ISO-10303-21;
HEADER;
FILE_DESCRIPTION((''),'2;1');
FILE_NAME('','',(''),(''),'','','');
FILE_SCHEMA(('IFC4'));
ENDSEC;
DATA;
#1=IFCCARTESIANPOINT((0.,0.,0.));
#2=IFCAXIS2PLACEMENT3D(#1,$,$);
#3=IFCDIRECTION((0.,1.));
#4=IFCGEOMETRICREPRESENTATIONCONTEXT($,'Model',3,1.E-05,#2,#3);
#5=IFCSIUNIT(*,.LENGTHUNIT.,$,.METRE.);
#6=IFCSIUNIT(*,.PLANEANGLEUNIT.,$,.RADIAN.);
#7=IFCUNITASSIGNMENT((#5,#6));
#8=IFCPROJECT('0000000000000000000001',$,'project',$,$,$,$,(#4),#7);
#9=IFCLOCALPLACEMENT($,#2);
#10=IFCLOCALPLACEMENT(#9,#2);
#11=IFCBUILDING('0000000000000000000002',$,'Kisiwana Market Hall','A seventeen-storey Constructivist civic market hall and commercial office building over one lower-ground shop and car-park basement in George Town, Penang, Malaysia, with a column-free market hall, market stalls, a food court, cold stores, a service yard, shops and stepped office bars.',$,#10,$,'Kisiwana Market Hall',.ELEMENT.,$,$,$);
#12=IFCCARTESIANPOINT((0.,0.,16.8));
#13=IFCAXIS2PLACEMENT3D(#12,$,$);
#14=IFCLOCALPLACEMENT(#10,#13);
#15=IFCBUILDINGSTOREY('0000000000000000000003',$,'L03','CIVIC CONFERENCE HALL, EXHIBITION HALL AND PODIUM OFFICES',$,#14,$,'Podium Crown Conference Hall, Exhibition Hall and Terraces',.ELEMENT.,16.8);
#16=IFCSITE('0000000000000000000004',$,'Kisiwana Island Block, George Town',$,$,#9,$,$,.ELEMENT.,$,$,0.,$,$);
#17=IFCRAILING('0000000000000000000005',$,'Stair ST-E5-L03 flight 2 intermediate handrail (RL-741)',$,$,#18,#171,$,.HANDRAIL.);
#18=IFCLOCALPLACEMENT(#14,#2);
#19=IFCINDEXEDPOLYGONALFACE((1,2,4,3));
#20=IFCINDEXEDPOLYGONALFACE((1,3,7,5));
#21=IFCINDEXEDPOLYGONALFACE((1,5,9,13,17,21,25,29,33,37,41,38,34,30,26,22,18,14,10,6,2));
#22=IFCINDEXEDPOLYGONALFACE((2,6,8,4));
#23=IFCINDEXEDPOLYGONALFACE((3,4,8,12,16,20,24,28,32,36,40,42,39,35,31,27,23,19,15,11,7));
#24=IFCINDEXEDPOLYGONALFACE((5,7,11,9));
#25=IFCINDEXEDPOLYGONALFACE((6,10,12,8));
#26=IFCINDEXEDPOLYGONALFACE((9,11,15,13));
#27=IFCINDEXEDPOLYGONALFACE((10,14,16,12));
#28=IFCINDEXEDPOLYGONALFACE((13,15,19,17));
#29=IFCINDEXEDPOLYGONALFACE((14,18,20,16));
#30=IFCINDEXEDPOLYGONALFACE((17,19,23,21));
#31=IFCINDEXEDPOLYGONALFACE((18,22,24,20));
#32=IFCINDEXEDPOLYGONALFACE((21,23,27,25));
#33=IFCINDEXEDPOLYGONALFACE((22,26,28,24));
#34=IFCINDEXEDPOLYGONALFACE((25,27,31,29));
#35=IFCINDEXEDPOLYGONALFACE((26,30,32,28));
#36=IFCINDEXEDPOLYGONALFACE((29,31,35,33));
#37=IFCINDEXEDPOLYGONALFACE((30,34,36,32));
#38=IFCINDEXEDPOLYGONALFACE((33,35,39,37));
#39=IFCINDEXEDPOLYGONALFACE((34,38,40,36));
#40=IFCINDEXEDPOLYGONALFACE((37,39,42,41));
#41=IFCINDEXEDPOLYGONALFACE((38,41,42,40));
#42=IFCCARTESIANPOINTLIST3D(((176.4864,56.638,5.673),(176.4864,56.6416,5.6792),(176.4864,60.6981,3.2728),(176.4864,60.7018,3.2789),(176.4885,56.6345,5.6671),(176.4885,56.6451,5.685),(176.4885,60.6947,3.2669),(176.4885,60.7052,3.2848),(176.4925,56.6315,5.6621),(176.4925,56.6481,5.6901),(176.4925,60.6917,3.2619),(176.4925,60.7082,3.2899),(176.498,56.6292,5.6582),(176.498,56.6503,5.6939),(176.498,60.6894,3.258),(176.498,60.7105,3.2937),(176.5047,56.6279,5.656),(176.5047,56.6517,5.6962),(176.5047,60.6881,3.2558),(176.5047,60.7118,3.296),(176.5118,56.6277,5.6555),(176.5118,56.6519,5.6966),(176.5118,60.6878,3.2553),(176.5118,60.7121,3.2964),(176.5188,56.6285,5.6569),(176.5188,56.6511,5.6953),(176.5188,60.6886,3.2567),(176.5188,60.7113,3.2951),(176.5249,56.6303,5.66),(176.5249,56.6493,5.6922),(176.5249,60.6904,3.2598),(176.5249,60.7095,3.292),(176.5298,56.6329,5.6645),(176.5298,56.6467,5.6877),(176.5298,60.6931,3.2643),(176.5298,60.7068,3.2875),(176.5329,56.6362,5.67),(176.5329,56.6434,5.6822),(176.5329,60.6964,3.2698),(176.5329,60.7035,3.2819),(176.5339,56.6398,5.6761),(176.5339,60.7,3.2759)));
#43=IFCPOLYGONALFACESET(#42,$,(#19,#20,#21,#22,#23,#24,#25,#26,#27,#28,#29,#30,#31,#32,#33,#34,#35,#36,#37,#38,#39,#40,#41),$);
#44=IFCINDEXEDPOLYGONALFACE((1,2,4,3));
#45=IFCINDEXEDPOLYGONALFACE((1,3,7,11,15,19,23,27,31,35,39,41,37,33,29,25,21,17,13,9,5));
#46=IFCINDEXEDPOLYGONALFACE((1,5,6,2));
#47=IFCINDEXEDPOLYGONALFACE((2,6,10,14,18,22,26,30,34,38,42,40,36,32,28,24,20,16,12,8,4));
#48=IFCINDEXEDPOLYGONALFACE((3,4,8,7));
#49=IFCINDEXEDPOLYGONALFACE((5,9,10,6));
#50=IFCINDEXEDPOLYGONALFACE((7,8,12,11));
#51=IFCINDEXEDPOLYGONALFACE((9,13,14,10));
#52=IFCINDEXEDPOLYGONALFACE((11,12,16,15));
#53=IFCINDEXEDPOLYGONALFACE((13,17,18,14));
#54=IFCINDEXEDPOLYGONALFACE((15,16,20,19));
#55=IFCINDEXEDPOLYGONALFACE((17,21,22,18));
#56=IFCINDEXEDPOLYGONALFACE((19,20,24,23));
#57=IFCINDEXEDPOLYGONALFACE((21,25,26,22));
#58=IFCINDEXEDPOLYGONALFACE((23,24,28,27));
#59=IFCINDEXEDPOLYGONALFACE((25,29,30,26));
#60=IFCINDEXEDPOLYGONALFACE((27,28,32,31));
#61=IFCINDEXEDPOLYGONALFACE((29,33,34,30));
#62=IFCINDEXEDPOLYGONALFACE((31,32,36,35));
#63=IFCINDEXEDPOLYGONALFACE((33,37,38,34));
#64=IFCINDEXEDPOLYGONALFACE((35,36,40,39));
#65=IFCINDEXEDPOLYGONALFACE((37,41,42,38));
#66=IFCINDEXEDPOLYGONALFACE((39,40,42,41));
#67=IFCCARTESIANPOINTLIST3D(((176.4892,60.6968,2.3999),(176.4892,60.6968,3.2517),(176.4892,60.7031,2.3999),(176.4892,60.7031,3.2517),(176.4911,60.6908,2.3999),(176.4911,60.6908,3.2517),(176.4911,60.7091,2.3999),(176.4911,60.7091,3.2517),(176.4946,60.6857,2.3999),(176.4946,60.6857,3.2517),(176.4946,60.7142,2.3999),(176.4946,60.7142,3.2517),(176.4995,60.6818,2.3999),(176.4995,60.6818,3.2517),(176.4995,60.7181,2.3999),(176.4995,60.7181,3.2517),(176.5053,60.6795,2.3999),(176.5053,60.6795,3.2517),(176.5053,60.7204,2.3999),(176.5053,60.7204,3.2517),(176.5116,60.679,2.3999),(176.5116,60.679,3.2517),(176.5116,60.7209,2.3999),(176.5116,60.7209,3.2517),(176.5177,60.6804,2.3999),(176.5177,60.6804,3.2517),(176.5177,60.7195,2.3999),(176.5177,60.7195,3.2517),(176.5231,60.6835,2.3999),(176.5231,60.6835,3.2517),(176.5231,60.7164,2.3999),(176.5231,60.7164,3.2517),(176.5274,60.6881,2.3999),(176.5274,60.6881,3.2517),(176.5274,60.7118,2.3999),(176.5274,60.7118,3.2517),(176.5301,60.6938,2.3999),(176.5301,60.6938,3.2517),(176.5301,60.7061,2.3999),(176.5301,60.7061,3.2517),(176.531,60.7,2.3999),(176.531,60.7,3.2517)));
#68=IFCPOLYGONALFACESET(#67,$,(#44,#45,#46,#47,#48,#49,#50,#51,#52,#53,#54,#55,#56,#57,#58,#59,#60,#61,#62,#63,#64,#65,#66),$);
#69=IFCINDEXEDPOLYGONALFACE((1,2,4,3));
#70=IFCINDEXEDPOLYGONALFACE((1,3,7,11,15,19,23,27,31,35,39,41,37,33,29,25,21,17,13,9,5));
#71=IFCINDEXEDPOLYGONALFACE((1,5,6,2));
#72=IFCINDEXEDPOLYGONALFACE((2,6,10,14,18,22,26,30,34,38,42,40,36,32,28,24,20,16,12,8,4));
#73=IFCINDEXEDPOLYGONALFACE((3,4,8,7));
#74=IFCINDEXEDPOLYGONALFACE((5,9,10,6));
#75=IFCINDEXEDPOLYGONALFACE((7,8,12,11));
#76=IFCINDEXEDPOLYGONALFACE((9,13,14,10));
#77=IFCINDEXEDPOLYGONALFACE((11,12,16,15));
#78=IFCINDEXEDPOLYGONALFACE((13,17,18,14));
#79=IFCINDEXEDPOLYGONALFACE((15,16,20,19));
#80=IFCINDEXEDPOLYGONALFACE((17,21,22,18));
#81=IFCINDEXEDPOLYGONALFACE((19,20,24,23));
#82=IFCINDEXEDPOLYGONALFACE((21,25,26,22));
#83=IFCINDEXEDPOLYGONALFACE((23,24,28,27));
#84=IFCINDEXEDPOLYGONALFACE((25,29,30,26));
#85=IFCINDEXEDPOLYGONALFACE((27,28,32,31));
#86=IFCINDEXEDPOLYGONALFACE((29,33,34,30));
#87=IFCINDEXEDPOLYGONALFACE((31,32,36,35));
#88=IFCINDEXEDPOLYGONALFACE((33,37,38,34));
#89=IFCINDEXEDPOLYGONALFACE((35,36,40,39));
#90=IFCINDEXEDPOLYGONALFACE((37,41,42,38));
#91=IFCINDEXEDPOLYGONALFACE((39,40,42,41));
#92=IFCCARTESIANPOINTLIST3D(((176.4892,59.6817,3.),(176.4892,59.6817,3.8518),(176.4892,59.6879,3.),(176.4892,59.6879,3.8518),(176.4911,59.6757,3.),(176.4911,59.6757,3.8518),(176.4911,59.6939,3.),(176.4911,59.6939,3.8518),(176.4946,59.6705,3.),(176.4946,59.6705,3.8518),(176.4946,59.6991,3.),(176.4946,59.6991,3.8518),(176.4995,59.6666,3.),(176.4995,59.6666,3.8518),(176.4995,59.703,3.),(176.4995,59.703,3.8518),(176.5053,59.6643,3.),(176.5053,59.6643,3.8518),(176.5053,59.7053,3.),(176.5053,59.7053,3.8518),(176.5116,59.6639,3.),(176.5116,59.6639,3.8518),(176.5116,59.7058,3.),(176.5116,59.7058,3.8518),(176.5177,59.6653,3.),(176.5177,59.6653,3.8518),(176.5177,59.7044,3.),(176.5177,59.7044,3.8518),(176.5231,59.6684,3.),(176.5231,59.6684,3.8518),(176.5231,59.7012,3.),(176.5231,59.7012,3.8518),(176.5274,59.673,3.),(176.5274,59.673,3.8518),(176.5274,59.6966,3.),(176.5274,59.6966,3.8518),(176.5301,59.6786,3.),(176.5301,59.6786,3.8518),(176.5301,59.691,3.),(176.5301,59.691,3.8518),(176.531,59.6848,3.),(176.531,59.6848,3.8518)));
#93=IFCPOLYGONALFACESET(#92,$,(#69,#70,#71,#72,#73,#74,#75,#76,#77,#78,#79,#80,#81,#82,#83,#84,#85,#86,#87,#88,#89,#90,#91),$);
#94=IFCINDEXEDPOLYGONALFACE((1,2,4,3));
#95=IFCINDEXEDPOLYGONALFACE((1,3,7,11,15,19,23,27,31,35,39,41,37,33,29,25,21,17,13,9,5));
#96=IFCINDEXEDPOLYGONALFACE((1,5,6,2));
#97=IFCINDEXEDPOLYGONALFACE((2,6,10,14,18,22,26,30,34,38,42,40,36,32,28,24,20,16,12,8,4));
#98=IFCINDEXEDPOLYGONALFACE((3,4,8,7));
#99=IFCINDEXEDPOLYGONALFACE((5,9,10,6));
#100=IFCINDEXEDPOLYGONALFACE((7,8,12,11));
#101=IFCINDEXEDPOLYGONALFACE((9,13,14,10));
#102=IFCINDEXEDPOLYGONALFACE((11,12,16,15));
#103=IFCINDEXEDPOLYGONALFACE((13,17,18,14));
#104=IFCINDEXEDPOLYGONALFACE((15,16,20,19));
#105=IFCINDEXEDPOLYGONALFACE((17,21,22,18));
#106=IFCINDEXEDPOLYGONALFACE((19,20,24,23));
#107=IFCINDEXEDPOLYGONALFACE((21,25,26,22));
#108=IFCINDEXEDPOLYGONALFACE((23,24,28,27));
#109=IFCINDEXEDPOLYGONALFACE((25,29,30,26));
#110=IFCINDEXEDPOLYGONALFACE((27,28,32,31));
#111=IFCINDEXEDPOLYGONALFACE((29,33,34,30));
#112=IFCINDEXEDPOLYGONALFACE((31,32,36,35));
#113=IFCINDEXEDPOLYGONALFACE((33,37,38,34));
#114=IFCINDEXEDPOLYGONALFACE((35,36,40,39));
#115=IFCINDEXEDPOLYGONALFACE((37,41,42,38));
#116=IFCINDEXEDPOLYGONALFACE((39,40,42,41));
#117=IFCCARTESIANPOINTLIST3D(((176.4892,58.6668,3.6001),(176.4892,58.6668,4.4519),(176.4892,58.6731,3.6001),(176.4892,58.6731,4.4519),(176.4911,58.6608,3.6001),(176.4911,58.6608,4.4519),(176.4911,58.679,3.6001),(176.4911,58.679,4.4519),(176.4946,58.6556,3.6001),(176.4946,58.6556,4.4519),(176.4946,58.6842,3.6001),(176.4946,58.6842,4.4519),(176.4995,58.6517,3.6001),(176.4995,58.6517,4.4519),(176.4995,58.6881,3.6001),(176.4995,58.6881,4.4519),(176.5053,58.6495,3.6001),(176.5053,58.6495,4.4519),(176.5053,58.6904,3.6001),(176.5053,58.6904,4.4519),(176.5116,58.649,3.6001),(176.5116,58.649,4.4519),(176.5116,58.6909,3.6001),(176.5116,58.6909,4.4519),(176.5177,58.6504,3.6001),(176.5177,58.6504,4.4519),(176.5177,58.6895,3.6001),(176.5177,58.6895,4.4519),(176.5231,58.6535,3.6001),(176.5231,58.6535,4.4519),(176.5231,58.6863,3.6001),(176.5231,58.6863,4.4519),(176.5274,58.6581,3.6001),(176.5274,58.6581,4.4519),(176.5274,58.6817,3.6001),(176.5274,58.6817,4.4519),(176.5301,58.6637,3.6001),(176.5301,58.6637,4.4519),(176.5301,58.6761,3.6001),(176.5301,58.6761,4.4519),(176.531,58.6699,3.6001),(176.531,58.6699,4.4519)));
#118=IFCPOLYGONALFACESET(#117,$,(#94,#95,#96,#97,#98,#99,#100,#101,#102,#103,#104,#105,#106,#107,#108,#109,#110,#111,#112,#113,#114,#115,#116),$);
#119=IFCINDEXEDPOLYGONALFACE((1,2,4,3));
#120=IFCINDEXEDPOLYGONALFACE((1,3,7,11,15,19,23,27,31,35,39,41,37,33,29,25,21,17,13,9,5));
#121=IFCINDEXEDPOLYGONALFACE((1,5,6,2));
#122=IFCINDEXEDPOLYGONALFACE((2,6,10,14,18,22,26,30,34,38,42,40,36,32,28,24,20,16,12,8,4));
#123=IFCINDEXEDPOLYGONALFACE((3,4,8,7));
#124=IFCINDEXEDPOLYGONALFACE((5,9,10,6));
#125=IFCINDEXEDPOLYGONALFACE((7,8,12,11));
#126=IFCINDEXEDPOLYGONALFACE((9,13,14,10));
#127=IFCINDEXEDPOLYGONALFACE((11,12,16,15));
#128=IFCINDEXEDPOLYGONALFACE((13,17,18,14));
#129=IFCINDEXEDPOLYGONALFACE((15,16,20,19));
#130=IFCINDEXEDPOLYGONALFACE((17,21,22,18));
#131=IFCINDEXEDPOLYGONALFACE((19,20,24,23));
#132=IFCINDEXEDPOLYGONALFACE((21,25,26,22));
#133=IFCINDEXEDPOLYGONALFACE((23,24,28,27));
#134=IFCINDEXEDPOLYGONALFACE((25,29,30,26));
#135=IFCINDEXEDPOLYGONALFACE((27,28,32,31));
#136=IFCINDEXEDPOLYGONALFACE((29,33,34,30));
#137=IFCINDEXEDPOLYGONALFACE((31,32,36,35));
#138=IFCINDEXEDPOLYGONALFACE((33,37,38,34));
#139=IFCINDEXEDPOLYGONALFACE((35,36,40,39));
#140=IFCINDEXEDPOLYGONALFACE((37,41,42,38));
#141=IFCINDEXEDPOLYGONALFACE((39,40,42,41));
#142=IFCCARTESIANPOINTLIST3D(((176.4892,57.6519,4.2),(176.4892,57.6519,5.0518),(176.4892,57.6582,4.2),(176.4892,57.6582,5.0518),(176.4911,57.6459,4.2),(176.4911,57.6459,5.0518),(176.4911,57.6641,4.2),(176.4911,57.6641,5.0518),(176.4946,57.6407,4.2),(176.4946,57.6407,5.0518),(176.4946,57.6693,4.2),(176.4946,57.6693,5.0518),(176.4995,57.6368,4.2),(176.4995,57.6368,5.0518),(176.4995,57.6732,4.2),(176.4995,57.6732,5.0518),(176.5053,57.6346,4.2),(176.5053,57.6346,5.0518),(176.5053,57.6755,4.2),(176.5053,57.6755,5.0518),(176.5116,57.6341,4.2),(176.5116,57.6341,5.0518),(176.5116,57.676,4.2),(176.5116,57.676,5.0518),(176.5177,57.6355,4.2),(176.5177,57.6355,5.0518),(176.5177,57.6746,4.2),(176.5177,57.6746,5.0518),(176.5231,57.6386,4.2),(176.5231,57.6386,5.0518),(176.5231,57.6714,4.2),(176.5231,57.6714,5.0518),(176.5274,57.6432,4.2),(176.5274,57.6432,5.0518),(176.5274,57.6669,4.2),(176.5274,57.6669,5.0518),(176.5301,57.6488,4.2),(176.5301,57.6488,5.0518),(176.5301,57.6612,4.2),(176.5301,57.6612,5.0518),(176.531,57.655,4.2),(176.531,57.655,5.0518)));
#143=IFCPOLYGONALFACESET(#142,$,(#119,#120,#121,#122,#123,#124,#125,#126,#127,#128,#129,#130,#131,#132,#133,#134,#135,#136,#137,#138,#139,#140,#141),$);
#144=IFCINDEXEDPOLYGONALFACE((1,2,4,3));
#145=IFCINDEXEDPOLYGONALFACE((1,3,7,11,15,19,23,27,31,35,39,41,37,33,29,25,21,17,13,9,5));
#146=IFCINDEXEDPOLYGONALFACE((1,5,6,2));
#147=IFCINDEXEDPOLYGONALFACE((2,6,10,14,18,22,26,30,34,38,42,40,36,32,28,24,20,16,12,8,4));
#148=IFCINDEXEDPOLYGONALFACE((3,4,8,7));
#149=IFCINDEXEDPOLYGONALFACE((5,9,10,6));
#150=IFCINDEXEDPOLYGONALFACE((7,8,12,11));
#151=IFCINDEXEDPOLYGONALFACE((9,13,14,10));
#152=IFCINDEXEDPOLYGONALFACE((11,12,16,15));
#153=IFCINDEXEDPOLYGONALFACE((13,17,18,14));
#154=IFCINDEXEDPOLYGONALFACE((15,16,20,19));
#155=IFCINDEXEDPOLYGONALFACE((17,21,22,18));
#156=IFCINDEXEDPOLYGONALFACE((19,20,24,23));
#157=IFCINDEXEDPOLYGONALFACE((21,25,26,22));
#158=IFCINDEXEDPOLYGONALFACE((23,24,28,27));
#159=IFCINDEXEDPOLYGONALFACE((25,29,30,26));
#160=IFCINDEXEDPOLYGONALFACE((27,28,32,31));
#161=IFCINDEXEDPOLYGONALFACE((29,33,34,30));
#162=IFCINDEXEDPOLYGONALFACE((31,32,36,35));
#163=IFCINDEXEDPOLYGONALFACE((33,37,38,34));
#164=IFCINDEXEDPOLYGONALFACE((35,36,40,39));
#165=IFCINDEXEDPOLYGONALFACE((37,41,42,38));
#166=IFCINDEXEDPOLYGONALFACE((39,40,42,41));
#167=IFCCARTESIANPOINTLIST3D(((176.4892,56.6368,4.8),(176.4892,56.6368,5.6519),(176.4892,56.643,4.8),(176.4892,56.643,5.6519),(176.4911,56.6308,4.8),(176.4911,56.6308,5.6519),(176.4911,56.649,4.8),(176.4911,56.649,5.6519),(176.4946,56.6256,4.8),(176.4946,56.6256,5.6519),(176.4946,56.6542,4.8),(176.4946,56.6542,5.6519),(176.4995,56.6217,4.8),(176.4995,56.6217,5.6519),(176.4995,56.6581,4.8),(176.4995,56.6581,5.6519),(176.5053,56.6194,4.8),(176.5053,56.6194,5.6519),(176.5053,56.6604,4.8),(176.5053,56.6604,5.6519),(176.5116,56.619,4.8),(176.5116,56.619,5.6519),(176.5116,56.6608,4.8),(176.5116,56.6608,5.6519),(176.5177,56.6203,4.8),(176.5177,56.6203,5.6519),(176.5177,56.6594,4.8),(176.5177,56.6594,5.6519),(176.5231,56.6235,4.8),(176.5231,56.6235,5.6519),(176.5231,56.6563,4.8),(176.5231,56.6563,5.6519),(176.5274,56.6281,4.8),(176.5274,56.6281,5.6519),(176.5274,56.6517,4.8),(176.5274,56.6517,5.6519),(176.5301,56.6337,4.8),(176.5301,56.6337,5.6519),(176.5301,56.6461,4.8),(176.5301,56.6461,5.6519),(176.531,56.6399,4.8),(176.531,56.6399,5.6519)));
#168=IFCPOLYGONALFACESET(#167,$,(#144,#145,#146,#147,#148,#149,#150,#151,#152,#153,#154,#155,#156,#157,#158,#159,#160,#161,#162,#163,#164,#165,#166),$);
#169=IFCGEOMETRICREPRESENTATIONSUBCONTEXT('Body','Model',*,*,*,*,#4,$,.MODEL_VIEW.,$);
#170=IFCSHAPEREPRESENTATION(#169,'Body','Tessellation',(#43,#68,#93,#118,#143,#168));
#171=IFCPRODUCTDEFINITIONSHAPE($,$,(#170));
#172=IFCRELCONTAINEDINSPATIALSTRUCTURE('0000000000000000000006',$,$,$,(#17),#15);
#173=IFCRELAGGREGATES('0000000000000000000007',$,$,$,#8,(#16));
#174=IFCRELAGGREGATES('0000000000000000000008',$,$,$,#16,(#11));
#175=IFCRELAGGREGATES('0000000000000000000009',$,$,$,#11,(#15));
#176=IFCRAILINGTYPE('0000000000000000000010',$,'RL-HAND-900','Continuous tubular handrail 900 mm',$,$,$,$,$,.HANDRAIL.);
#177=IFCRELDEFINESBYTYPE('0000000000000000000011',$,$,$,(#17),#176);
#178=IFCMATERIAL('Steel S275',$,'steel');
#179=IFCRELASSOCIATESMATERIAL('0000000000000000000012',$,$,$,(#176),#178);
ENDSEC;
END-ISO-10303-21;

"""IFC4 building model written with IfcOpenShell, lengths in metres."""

from ifc_helpers import new_model, si_unit, direction, frame, origin, origin_2d, place, context, subcontext, project, spatial, circle, extrude, material, type_object, element, save


model = new_model("IFC4")

# Units and contexts
model_context = context("Model", 3, precision=1e-05, world=origin(), true_north=direction((0.0, 1.0)))
body_context = subcontext(model_context, "Body", "Model", "MODEL_VIEW")
ifc_project = project(units=[si_unit("LENGTHUNIT", "METRE"), si_unit("PLANEANGLEUNIT", "RADIAN")], contexts=[model_context])

# Site, building, storey
site_placement = place(None, origin())
site = spatial("IfcSite", under=ifc_project, at=site_placement, Name="Kisiwana Island Block, George Town", CompositionType="ELEMENT", RefElevation=0.0)
building_placement = place(site_placement, origin())
building = spatial("IfcBuilding", under=site, at=building_placement, Name="Kisiwana Market Hall", Description="A seventeen-storey Constructivist civic market hall and commercial office building over one lower-ground shop and car-park basement in George Town, Penang, Malaysia, with a column-free market hall, market stalls, a food court, cold stores, a service yard, shops and stepped office bars.", LongName="Kisiwana Market Hall", CompositionType="ELEMENT")
storey_placement = place(building_placement, frame((0.0, 0.0, 16.8)))
storey = spatial("IfcBuildingStorey", under=building, at=storey_placement, Name="L03", Description="CIVIC CONFERENCE HALL, EXHIBITION HALL AND PODIUM OFFICES", LongName="Podium Crown Conference Hall, Exhibition Hall and Terraces", CompositionType="ELEMENT", Elevation=16.8)

# Railing
ifc_material_1 = material(Name="Steel S275", Category="steel")
railing_type_1 = type_object("IfcRailingType", Name="RL-HAND-900", Description="Continuous tubular handrail 900 mm", PredefinedType="HANDRAIL", material=ifc_material_1)
for number, where, name in (
    (1, (176.51, 60.7, 2.3999), "Stair ST-E5-L03 flight 2 intermediate handrail (RL-741)"),
):
    element("IfcRailing", number, at=place(storey_placement, frame(where)), inside=storey, type_object=railing_type_1, Name=name, PredefinedType="HANDRAIL", context=body_context, shape_type="SweptSolid", body=[
        extrude(circle(Radius=0.0239, at=origin_2d()), frame((0.0, 0.0, 0.876), z_axis=(0.0, -0.860832, 0.50889), x_axis=(1.0, 0.0, 0.0)), (0.0, 0.0, 1.0), 4.7166),
        extrude(circle(Radius=0.021, at=origin_2d()), origin(), (0.0, 0.0, 1.0), 0.8518),
        extrude(circle(Radius=0.021, at=origin_2d()), frame((0.0, -1.0151, 0.6001)), (0.0, 0.0, 1.0), 0.8518),
        extrude(circle(Radius=0.021, at=origin_2d()), frame((0.0, -2.03, 1.2002)), (0.0, 0.0, 1.0), 0.8518),
        extrude(circle(Radius=0.021, at=origin_2d()), frame((0.0, -3.0449, 1.8)), (0.0, 0.0, 1.0), 0.8518),
        extrude(circle(Radius=0.021, at=origin_2d()), frame((0.0, -4.0601, 2.4001)), (0.0, 0.0, 1.0), 0.8518),
    ])

save(model, "model.ifc")
